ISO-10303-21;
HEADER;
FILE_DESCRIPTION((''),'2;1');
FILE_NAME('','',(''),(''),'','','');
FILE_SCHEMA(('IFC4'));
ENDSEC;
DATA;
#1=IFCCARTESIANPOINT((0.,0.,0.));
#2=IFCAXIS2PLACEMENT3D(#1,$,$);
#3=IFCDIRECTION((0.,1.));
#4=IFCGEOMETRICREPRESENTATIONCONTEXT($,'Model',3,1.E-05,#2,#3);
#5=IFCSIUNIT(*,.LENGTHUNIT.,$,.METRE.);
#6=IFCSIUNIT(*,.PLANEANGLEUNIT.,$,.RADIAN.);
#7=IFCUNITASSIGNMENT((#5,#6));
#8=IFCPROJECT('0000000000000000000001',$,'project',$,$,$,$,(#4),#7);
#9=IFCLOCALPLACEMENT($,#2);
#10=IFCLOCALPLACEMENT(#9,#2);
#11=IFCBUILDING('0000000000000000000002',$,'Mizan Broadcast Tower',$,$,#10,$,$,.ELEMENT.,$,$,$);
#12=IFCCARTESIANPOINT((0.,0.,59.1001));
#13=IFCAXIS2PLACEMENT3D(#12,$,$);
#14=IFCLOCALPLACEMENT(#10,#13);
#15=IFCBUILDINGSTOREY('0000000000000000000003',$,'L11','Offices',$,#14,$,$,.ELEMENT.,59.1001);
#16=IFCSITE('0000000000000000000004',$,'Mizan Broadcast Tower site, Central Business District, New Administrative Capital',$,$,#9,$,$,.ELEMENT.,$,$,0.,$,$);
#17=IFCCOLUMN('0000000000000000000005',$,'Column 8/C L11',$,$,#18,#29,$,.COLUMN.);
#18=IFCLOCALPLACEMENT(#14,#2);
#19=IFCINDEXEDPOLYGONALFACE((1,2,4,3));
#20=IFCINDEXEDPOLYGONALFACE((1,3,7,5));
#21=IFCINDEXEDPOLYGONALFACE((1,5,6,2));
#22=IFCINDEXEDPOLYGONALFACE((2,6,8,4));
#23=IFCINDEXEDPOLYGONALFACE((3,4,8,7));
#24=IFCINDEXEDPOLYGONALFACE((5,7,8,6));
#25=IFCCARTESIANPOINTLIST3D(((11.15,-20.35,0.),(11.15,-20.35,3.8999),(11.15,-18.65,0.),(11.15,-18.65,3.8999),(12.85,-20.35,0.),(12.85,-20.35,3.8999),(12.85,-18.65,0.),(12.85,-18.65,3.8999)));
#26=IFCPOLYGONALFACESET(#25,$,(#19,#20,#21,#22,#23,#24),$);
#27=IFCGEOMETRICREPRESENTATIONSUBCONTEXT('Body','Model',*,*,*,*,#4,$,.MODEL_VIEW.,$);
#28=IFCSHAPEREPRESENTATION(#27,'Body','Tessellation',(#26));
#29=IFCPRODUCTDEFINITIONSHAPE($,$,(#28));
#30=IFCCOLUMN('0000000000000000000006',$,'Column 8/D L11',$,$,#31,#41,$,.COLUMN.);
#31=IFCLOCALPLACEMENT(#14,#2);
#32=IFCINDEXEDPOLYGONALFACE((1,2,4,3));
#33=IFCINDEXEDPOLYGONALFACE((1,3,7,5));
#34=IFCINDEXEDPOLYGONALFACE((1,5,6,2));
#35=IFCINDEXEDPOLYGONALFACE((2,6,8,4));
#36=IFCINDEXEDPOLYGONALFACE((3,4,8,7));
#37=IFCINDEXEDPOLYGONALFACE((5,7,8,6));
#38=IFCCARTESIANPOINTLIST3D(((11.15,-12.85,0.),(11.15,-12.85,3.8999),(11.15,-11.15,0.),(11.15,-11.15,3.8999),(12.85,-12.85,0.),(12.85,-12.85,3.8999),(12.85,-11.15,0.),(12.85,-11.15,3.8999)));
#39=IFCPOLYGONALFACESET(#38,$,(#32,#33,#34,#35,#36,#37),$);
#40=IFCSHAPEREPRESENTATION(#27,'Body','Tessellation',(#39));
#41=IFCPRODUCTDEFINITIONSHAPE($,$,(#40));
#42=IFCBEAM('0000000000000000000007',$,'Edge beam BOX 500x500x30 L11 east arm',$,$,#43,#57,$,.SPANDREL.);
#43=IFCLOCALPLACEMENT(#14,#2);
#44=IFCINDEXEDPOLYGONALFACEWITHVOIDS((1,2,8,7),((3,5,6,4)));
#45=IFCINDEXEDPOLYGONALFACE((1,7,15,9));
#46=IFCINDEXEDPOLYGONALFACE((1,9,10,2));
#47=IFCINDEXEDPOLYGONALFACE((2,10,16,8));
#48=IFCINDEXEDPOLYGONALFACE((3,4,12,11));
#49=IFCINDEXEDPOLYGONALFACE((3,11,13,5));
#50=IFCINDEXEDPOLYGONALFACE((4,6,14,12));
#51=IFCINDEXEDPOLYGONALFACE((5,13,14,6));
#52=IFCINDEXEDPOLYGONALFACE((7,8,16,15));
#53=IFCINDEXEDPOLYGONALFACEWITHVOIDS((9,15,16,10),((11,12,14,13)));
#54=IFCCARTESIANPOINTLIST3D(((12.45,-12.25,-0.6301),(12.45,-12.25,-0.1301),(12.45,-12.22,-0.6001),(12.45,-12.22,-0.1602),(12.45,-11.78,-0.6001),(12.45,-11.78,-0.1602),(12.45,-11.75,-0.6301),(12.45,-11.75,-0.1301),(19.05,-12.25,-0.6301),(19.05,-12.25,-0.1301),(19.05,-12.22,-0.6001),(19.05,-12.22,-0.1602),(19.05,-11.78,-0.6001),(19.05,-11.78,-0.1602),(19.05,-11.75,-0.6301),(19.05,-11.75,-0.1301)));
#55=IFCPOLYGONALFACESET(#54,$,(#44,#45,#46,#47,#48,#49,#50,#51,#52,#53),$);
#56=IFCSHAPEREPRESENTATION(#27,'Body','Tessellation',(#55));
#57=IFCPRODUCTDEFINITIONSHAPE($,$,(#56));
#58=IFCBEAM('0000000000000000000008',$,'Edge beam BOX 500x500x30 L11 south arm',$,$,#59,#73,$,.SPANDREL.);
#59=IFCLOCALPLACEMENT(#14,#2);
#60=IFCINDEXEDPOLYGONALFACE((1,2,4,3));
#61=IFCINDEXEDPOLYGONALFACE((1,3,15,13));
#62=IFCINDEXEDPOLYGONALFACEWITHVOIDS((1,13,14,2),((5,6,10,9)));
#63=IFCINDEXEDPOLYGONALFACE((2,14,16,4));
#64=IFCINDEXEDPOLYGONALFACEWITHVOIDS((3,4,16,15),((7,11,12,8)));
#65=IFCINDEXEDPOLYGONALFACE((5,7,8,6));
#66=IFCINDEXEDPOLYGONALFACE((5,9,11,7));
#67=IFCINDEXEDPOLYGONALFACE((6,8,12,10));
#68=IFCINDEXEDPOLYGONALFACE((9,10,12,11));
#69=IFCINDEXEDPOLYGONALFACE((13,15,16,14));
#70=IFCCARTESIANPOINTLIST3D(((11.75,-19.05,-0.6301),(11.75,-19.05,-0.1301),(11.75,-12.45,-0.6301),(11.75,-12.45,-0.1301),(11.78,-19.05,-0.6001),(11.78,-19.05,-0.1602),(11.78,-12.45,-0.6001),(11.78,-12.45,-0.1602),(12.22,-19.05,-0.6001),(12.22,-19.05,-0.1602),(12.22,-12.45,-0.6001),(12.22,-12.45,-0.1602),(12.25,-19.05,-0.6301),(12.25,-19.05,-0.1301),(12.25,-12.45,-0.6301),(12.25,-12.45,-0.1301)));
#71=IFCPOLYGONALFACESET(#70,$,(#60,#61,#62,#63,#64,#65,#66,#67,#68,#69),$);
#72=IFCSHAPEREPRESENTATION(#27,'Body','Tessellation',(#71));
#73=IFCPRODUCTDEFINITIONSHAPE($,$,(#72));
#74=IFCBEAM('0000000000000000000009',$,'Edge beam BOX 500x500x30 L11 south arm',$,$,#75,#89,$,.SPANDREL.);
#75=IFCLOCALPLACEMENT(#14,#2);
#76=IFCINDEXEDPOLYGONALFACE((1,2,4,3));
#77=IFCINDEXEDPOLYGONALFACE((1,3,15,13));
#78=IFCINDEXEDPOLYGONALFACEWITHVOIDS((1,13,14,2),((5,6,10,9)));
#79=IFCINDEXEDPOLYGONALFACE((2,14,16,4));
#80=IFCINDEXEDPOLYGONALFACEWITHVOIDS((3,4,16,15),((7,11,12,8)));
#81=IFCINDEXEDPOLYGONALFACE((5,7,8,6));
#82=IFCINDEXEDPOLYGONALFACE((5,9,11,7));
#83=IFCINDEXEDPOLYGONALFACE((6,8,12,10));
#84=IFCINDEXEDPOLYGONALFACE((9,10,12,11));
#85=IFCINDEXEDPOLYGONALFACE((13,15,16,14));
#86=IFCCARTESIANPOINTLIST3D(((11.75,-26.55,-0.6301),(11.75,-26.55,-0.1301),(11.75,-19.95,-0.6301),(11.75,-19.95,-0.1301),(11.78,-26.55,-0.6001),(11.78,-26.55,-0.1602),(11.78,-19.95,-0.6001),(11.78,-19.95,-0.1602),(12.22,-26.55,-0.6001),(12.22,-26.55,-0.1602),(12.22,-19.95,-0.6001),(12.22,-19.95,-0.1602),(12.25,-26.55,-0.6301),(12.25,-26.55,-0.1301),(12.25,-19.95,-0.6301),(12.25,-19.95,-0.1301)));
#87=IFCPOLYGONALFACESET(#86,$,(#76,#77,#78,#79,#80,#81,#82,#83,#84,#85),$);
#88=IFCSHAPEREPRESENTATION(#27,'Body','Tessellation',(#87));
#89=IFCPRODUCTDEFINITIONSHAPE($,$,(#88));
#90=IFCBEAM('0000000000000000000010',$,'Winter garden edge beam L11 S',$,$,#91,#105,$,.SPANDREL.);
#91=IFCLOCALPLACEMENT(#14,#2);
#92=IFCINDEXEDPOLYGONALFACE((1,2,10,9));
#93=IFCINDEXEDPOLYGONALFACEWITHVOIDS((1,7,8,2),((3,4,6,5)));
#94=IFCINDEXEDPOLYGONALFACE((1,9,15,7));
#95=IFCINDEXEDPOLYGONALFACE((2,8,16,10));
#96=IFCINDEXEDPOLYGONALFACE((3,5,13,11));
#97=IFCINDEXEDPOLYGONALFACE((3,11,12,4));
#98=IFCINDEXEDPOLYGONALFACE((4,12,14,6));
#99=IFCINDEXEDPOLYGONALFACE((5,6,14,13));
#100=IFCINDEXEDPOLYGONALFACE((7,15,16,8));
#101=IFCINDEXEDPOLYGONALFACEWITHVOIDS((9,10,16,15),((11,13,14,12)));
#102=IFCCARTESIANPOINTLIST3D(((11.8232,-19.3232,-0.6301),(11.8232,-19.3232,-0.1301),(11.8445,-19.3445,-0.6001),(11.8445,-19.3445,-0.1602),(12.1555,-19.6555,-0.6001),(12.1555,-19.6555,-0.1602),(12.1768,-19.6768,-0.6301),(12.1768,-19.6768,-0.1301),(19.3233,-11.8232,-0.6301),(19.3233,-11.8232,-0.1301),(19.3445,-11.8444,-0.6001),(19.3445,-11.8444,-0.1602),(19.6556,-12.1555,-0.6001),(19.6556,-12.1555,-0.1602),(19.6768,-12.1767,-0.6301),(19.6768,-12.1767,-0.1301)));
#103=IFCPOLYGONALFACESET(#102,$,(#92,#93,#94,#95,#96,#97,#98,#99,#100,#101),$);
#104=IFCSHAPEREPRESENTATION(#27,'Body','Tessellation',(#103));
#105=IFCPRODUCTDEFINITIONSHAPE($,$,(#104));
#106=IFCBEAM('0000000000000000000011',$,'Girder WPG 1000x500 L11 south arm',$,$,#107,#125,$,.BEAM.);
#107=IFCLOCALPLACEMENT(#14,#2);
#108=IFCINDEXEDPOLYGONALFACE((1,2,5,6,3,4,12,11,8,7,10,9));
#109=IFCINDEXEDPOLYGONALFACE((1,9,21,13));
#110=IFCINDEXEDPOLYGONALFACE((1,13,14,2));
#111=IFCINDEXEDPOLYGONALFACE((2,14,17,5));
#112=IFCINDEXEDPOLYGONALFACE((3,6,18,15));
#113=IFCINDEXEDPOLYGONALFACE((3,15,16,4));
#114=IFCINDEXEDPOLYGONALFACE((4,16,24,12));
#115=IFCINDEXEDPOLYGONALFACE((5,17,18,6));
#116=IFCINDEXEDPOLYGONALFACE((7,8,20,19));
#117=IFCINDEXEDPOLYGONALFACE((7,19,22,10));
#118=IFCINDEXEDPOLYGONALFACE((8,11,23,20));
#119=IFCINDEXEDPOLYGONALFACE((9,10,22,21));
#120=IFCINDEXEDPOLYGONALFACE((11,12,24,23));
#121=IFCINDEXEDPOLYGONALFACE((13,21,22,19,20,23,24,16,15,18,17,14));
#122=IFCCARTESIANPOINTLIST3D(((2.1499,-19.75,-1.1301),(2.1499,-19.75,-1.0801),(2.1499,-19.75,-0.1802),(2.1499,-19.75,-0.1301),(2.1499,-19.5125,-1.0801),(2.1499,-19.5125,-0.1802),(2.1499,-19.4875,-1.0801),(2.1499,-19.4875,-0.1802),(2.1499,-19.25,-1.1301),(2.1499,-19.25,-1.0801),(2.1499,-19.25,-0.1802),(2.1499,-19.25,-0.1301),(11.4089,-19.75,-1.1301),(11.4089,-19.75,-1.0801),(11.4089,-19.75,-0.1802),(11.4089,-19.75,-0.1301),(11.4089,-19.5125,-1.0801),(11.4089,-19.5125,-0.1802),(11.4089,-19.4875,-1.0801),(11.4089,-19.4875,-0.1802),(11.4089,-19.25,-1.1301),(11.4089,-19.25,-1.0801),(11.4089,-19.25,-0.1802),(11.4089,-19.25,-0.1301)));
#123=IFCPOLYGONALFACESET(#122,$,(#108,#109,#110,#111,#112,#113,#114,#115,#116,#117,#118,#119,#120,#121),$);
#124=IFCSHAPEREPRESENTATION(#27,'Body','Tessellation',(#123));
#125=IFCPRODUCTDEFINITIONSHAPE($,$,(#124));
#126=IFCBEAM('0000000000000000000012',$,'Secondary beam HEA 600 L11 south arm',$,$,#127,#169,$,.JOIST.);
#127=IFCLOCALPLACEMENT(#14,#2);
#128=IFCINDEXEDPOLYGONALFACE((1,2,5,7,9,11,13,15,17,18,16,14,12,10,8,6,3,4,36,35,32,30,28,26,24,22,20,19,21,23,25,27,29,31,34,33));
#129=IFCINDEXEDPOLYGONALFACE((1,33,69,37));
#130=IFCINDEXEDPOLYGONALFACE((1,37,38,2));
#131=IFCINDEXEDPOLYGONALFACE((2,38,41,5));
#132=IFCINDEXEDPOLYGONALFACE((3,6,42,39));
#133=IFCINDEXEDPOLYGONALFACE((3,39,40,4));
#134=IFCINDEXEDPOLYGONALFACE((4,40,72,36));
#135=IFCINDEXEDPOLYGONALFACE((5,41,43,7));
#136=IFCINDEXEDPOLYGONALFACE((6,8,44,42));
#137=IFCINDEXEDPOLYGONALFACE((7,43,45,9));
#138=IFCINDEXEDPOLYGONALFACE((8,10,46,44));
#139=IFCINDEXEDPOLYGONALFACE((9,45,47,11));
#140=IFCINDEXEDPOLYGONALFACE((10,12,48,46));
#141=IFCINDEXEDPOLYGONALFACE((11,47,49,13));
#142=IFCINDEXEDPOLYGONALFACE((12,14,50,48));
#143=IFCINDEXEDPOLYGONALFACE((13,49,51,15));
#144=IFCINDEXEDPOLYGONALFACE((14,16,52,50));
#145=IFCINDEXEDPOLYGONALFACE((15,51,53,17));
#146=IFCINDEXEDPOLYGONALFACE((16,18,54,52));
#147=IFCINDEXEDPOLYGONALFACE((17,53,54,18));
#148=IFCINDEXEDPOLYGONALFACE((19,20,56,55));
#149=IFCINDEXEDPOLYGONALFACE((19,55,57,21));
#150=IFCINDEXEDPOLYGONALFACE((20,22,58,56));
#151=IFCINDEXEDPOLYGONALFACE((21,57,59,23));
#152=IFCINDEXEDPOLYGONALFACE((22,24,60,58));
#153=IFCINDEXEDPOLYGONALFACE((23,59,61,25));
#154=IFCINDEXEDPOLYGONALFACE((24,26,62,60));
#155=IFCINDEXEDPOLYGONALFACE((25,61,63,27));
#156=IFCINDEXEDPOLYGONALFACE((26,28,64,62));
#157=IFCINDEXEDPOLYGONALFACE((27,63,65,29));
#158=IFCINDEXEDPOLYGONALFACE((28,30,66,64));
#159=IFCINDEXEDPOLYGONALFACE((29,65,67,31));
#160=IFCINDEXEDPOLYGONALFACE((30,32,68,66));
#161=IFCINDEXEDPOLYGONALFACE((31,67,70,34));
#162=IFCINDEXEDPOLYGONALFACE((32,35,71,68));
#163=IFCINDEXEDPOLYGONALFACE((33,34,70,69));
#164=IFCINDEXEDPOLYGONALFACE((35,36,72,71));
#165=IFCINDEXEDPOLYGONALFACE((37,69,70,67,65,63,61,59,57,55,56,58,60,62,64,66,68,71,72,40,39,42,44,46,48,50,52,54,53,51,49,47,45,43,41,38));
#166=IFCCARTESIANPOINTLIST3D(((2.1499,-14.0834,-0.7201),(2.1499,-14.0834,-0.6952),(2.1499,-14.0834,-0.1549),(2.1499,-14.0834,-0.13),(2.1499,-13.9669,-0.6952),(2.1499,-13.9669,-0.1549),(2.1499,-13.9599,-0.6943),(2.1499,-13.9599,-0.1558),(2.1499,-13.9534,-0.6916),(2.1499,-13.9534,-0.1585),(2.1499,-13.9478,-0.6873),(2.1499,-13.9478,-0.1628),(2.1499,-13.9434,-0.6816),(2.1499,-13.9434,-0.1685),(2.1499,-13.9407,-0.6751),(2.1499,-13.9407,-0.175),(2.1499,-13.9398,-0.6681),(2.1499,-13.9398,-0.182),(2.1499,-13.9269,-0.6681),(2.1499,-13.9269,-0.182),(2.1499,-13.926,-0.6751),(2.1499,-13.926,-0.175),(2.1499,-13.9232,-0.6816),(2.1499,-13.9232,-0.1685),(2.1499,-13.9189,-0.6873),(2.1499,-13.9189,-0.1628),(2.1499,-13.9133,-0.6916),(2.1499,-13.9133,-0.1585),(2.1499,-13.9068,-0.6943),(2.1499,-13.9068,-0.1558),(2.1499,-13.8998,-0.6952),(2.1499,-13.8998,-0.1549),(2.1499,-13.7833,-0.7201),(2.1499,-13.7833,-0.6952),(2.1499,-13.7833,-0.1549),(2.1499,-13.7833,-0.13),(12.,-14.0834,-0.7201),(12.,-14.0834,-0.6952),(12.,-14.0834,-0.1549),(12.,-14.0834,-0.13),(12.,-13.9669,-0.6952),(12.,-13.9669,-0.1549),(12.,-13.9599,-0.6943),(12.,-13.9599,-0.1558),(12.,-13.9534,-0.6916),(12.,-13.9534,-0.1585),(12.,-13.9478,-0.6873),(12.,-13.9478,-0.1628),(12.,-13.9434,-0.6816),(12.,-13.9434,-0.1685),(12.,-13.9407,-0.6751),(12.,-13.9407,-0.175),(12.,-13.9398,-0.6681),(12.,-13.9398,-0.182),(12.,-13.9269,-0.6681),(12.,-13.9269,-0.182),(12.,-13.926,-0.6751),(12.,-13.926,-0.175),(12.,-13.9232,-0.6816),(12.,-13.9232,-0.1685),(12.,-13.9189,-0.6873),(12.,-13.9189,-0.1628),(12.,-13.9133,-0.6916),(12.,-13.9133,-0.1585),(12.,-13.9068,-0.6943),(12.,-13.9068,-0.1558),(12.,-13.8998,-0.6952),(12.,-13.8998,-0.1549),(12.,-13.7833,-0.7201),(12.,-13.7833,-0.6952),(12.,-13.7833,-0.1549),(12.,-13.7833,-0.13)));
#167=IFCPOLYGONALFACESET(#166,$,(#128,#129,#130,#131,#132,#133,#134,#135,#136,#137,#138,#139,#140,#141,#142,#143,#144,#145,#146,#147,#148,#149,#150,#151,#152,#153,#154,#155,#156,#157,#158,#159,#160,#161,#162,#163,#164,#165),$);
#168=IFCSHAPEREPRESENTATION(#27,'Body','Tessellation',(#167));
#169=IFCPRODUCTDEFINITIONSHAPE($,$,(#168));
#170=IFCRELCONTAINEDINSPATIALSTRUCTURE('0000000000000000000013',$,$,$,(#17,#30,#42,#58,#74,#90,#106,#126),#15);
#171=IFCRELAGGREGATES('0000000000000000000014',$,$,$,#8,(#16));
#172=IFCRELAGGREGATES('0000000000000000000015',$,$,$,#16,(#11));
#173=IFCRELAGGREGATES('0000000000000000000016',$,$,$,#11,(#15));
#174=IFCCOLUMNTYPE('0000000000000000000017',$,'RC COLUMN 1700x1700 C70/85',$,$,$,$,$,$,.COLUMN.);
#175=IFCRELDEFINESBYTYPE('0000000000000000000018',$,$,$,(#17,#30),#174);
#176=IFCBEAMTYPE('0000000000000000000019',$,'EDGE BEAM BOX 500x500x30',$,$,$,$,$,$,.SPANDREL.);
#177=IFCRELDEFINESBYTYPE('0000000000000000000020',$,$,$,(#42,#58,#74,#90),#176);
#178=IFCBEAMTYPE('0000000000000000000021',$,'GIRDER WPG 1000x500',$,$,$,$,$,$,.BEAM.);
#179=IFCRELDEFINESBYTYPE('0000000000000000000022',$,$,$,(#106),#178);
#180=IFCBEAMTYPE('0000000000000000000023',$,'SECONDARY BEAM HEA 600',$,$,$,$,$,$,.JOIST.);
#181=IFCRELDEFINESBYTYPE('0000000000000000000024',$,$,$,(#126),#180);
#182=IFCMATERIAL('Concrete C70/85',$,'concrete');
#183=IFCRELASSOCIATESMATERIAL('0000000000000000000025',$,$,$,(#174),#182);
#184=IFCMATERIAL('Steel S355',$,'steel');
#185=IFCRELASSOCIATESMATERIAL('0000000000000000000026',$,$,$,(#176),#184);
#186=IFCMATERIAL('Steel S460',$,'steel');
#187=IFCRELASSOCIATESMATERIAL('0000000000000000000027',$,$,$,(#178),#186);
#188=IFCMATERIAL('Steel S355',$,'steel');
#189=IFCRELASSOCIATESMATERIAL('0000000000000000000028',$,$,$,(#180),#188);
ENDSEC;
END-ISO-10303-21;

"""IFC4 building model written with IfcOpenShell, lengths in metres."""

from ifc_helpers import new_model, si_unit, direction, frame, origin, origin_2d, place, context, subcontext, project, spatial, rectangle, hollow_rectangle, i_section, extrude, material, material_profile, profile_set, type_object, element, save


model = new_model("IFC4")

# Units and contexts
model_context = context("Model", 3, precision=1e-05, world=origin(), true_north=direction((0.0, 1.0)))
body_context = subcontext(model_context, "Body", "Model", "MODEL_VIEW")
ifc_project = project(units=[si_unit("LENGTHUNIT", "METRE"), si_unit("PLANEANGLEUNIT", "RADIAN")], contexts=[model_context])

# Site, building, storey
site_placement = place(None, origin())
site = spatial("IfcSite", under=ifc_project, at=site_placement, Name="Mizan Broadcast Tower site, Central Business District, New Administrative Capital", CompositionType="ELEMENT", RefElevation=0.0)
building_placement = place(site_placement, origin())
building = spatial("IfcBuilding", under=site, at=building_placement, Name="Mizan Broadcast Tower", CompositionType="ELEMENT")
storey_placement = place(building_placement, frame((0.0, 0.0, 59.1001)))
storey = spatial("IfcBuildingStorey", under=building, at=storey_placement, Name="L11", Description="Offices", CompositionType="ELEMENT", Elevation=59.1001)

# Columns
ifc_material_1 = material(Name="Concrete C70/85", Category="concrete")
ifc_material_profile_1 = material_profile(ifc_material_1, rectangle(XDim=1.7, YDim=1.7, at=origin_2d()), Name="RC 1700x1700")
ifc_profile_set_1 = profile_set([ifc_material_profile_1], Name="Concrete C70/85")
column_type = type_object("IfcColumnType", Name="RC COLUMN 1700x1700 C70/85", PredefinedType="COLUMN", material=ifc_profile_set_1)
for number, where, z_axis, x_axis, name in (
    (1, (12.0, -19.5, 0.0), (0.0, 0.0, 1.0), (1.0, 0.0, 0.0), "Column 8/C L11"),
    (2, (12.0, -12.0, 0.0), (0.0, 0.0, 1.0), (1.0, 0.0, 0.0), "Column 8/D L11"),
):
    element("IfcColumn", number, at=place(storey_placement, frame(where, z_axis=z_axis, x_axis=x_axis)), inside=storey, type_object=column_type, Name=name, PredefinedType="COLUMN", context=body_context, shape_type="SweptSolid", body=[
        extrude(rectangle(XDim=1.7, YDim=1.7, at=origin_2d()), origin(), (0.0, 0.0, 1.0), 3.8999),
    ])

# Beams
ifc_material_2 = material(Name="Steel S355", Category="steel")
ifc_material_profile_2 = material_profile(ifc_material_2, hollow_rectangle(XDim=0.5, YDim=0.5, WallThickness=0.03, at=origin_2d()), Name="BOX 500x500x30")
ifc_profile_set_2 = profile_set([ifc_material_profile_2], Name="Steel S355")
beam_type_1 = type_object("IfcBeamType", Name="EDGE BEAM BOX 500x500x30", PredefinedType="SPANDREL", material=ifc_profile_set_2)
for number, where, z_axis, x_axis, name in (
    (3, (12.45, -12.0, -0.3801), (1.0, 0.0, 0.0), (0.0, 1.0, 0.0), "Edge beam BOX 500x500x30 L11 east arm"),
    (4, (12.0, -12.45, -0.3801), (0.0, -1.0, 0.0), (1.0, 0.0, 0.0), "Edge beam BOX 500x500x30 L11 south arm"),
    (5, (12.0, -19.95, -0.3801), (0.0, -1.0, 0.0), (1.0, 0.0, 0.0), "Edge beam BOX 500x500x30 L11 south arm"),
):
    element("IfcBeam", number, at=place(storey_placement, frame(where, z_axis=z_axis, x_axis=x_axis)), inside=storey, type_object=beam_type_1, Name=name, PredefinedType="SPANDREL", context=body_context, shape_type="SweptSolid", body=[
        extrude(hollow_rectangle(XDim=0.5, YDim=0.5, WallThickness=0.03, at=origin_2d()), origin(), (0.0, 0.0, 1.0), 6.6001),
    ])
beam_1_placement = place(storey_placement, frame((12.0, -19.5, -0.3801), z_axis=(0.707107, 0.707107, 0.0), x_axis=(-0.707107, 0.707107, 0.0)))
element("IfcBeam", 6, at=beam_1_placement, inside=storey, type_object=beam_type_1, Name="Winter garden edge beam L11 S", PredefinedType="SPANDREL", context=body_context, shape_type="SweptSolid", body=[
    extrude(hollow_rectangle(XDim=0.5, YDim=0.5, WallThickness=0.03, at=origin_2d()), origin(), (0.0, 0.0, 1.0), 10.6067),
])
ifc_material_3 = material(Name="Steel S460", Category="steel")
ifc_material_profile_3 = material_profile(ifc_material_3, i_section(OverallWidth=0.5, OverallDepth=1.0, WebThickness=0.0249, FlangeThickness=0.05, at=origin_2d()), Name="WPG 1000x500")
ifc_profile_set_3 = profile_set([ifc_material_profile_3], Name="Steel S460")
beam_type_2 = type_object("IfcBeamType", Name="GIRDER WPG 1000x500", PredefinedType="BEAM", material=ifc_profile_set_3)
beam_2_placement = place(storey_placement, frame((11.4089, -19.5, -0.6301), z_axis=(-1.0, 0.0, 0.0), x_axis=(0.0, -1.0, 0.0)))
element("IfcBeam", 7, at=beam_2_placement, inside=storey, type_object=beam_type_2, Name="Girder WPG 1000x500 L11 south arm", PredefinedType="BEAM", context=body_context, shape_type="SweptSolid", body=[
    extrude(i_section(OverallWidth=0.5, OverallDepth=1.0, WebThickness=0.0249, FlangeThickness=0.05, at=origin_2d()), origin(), (0.0, 0.0, 1.0), 9.259),
])
ifc_material_4 = material(Name="Steel S355", Category="steel")
ifc_material_profile_4 = material_profile(ifc_material_4, i_section(OverallWidth=0.3, OverallDepth=0.5901, WebThickness=0.0129, FlangeThickness=0.0249, FilletRadius=0.0271, at=origin_2d()), Name="HEA 600")
ifc_profile_set_4 = profile_set([ifc_material_profile_4], Name="Steel S355")
beam_type_3 = type_object("IfcBeamType", Name="SECONDARY BEAM HEA 600", PredefinedType="JOIST", material=ifc_profile_set_4)
for number, where, z_axis, x_axis, name in (
    (8, (12.0, -13.9333, -0.425), (-1.0, 0.0, 0.0), (0.0, -1.0, 0.0), "Secondary beam HEA 600 L11 south arm"),
):
    element("IfcBeam", number, at=place(storey_placement, frame(where, z_axis=z_axis, x_axis=x_axis)), inside=storey, type_object=beam_type_3, Name=name, PredefinedType="JOIST", context=body_context, shape_type="SweptSolid", body=[
        extrude(i_section(OverallWidth=0.3, OverallDepth=0.5901, WebThickness=0.0129, FlangeThickness=0.0249, FilletRadius=0.0271, at=origin_2d()), origin(), (0.0, 0.0, 1.0), 9.8501),
    ])

save(model, "model.ifc")
